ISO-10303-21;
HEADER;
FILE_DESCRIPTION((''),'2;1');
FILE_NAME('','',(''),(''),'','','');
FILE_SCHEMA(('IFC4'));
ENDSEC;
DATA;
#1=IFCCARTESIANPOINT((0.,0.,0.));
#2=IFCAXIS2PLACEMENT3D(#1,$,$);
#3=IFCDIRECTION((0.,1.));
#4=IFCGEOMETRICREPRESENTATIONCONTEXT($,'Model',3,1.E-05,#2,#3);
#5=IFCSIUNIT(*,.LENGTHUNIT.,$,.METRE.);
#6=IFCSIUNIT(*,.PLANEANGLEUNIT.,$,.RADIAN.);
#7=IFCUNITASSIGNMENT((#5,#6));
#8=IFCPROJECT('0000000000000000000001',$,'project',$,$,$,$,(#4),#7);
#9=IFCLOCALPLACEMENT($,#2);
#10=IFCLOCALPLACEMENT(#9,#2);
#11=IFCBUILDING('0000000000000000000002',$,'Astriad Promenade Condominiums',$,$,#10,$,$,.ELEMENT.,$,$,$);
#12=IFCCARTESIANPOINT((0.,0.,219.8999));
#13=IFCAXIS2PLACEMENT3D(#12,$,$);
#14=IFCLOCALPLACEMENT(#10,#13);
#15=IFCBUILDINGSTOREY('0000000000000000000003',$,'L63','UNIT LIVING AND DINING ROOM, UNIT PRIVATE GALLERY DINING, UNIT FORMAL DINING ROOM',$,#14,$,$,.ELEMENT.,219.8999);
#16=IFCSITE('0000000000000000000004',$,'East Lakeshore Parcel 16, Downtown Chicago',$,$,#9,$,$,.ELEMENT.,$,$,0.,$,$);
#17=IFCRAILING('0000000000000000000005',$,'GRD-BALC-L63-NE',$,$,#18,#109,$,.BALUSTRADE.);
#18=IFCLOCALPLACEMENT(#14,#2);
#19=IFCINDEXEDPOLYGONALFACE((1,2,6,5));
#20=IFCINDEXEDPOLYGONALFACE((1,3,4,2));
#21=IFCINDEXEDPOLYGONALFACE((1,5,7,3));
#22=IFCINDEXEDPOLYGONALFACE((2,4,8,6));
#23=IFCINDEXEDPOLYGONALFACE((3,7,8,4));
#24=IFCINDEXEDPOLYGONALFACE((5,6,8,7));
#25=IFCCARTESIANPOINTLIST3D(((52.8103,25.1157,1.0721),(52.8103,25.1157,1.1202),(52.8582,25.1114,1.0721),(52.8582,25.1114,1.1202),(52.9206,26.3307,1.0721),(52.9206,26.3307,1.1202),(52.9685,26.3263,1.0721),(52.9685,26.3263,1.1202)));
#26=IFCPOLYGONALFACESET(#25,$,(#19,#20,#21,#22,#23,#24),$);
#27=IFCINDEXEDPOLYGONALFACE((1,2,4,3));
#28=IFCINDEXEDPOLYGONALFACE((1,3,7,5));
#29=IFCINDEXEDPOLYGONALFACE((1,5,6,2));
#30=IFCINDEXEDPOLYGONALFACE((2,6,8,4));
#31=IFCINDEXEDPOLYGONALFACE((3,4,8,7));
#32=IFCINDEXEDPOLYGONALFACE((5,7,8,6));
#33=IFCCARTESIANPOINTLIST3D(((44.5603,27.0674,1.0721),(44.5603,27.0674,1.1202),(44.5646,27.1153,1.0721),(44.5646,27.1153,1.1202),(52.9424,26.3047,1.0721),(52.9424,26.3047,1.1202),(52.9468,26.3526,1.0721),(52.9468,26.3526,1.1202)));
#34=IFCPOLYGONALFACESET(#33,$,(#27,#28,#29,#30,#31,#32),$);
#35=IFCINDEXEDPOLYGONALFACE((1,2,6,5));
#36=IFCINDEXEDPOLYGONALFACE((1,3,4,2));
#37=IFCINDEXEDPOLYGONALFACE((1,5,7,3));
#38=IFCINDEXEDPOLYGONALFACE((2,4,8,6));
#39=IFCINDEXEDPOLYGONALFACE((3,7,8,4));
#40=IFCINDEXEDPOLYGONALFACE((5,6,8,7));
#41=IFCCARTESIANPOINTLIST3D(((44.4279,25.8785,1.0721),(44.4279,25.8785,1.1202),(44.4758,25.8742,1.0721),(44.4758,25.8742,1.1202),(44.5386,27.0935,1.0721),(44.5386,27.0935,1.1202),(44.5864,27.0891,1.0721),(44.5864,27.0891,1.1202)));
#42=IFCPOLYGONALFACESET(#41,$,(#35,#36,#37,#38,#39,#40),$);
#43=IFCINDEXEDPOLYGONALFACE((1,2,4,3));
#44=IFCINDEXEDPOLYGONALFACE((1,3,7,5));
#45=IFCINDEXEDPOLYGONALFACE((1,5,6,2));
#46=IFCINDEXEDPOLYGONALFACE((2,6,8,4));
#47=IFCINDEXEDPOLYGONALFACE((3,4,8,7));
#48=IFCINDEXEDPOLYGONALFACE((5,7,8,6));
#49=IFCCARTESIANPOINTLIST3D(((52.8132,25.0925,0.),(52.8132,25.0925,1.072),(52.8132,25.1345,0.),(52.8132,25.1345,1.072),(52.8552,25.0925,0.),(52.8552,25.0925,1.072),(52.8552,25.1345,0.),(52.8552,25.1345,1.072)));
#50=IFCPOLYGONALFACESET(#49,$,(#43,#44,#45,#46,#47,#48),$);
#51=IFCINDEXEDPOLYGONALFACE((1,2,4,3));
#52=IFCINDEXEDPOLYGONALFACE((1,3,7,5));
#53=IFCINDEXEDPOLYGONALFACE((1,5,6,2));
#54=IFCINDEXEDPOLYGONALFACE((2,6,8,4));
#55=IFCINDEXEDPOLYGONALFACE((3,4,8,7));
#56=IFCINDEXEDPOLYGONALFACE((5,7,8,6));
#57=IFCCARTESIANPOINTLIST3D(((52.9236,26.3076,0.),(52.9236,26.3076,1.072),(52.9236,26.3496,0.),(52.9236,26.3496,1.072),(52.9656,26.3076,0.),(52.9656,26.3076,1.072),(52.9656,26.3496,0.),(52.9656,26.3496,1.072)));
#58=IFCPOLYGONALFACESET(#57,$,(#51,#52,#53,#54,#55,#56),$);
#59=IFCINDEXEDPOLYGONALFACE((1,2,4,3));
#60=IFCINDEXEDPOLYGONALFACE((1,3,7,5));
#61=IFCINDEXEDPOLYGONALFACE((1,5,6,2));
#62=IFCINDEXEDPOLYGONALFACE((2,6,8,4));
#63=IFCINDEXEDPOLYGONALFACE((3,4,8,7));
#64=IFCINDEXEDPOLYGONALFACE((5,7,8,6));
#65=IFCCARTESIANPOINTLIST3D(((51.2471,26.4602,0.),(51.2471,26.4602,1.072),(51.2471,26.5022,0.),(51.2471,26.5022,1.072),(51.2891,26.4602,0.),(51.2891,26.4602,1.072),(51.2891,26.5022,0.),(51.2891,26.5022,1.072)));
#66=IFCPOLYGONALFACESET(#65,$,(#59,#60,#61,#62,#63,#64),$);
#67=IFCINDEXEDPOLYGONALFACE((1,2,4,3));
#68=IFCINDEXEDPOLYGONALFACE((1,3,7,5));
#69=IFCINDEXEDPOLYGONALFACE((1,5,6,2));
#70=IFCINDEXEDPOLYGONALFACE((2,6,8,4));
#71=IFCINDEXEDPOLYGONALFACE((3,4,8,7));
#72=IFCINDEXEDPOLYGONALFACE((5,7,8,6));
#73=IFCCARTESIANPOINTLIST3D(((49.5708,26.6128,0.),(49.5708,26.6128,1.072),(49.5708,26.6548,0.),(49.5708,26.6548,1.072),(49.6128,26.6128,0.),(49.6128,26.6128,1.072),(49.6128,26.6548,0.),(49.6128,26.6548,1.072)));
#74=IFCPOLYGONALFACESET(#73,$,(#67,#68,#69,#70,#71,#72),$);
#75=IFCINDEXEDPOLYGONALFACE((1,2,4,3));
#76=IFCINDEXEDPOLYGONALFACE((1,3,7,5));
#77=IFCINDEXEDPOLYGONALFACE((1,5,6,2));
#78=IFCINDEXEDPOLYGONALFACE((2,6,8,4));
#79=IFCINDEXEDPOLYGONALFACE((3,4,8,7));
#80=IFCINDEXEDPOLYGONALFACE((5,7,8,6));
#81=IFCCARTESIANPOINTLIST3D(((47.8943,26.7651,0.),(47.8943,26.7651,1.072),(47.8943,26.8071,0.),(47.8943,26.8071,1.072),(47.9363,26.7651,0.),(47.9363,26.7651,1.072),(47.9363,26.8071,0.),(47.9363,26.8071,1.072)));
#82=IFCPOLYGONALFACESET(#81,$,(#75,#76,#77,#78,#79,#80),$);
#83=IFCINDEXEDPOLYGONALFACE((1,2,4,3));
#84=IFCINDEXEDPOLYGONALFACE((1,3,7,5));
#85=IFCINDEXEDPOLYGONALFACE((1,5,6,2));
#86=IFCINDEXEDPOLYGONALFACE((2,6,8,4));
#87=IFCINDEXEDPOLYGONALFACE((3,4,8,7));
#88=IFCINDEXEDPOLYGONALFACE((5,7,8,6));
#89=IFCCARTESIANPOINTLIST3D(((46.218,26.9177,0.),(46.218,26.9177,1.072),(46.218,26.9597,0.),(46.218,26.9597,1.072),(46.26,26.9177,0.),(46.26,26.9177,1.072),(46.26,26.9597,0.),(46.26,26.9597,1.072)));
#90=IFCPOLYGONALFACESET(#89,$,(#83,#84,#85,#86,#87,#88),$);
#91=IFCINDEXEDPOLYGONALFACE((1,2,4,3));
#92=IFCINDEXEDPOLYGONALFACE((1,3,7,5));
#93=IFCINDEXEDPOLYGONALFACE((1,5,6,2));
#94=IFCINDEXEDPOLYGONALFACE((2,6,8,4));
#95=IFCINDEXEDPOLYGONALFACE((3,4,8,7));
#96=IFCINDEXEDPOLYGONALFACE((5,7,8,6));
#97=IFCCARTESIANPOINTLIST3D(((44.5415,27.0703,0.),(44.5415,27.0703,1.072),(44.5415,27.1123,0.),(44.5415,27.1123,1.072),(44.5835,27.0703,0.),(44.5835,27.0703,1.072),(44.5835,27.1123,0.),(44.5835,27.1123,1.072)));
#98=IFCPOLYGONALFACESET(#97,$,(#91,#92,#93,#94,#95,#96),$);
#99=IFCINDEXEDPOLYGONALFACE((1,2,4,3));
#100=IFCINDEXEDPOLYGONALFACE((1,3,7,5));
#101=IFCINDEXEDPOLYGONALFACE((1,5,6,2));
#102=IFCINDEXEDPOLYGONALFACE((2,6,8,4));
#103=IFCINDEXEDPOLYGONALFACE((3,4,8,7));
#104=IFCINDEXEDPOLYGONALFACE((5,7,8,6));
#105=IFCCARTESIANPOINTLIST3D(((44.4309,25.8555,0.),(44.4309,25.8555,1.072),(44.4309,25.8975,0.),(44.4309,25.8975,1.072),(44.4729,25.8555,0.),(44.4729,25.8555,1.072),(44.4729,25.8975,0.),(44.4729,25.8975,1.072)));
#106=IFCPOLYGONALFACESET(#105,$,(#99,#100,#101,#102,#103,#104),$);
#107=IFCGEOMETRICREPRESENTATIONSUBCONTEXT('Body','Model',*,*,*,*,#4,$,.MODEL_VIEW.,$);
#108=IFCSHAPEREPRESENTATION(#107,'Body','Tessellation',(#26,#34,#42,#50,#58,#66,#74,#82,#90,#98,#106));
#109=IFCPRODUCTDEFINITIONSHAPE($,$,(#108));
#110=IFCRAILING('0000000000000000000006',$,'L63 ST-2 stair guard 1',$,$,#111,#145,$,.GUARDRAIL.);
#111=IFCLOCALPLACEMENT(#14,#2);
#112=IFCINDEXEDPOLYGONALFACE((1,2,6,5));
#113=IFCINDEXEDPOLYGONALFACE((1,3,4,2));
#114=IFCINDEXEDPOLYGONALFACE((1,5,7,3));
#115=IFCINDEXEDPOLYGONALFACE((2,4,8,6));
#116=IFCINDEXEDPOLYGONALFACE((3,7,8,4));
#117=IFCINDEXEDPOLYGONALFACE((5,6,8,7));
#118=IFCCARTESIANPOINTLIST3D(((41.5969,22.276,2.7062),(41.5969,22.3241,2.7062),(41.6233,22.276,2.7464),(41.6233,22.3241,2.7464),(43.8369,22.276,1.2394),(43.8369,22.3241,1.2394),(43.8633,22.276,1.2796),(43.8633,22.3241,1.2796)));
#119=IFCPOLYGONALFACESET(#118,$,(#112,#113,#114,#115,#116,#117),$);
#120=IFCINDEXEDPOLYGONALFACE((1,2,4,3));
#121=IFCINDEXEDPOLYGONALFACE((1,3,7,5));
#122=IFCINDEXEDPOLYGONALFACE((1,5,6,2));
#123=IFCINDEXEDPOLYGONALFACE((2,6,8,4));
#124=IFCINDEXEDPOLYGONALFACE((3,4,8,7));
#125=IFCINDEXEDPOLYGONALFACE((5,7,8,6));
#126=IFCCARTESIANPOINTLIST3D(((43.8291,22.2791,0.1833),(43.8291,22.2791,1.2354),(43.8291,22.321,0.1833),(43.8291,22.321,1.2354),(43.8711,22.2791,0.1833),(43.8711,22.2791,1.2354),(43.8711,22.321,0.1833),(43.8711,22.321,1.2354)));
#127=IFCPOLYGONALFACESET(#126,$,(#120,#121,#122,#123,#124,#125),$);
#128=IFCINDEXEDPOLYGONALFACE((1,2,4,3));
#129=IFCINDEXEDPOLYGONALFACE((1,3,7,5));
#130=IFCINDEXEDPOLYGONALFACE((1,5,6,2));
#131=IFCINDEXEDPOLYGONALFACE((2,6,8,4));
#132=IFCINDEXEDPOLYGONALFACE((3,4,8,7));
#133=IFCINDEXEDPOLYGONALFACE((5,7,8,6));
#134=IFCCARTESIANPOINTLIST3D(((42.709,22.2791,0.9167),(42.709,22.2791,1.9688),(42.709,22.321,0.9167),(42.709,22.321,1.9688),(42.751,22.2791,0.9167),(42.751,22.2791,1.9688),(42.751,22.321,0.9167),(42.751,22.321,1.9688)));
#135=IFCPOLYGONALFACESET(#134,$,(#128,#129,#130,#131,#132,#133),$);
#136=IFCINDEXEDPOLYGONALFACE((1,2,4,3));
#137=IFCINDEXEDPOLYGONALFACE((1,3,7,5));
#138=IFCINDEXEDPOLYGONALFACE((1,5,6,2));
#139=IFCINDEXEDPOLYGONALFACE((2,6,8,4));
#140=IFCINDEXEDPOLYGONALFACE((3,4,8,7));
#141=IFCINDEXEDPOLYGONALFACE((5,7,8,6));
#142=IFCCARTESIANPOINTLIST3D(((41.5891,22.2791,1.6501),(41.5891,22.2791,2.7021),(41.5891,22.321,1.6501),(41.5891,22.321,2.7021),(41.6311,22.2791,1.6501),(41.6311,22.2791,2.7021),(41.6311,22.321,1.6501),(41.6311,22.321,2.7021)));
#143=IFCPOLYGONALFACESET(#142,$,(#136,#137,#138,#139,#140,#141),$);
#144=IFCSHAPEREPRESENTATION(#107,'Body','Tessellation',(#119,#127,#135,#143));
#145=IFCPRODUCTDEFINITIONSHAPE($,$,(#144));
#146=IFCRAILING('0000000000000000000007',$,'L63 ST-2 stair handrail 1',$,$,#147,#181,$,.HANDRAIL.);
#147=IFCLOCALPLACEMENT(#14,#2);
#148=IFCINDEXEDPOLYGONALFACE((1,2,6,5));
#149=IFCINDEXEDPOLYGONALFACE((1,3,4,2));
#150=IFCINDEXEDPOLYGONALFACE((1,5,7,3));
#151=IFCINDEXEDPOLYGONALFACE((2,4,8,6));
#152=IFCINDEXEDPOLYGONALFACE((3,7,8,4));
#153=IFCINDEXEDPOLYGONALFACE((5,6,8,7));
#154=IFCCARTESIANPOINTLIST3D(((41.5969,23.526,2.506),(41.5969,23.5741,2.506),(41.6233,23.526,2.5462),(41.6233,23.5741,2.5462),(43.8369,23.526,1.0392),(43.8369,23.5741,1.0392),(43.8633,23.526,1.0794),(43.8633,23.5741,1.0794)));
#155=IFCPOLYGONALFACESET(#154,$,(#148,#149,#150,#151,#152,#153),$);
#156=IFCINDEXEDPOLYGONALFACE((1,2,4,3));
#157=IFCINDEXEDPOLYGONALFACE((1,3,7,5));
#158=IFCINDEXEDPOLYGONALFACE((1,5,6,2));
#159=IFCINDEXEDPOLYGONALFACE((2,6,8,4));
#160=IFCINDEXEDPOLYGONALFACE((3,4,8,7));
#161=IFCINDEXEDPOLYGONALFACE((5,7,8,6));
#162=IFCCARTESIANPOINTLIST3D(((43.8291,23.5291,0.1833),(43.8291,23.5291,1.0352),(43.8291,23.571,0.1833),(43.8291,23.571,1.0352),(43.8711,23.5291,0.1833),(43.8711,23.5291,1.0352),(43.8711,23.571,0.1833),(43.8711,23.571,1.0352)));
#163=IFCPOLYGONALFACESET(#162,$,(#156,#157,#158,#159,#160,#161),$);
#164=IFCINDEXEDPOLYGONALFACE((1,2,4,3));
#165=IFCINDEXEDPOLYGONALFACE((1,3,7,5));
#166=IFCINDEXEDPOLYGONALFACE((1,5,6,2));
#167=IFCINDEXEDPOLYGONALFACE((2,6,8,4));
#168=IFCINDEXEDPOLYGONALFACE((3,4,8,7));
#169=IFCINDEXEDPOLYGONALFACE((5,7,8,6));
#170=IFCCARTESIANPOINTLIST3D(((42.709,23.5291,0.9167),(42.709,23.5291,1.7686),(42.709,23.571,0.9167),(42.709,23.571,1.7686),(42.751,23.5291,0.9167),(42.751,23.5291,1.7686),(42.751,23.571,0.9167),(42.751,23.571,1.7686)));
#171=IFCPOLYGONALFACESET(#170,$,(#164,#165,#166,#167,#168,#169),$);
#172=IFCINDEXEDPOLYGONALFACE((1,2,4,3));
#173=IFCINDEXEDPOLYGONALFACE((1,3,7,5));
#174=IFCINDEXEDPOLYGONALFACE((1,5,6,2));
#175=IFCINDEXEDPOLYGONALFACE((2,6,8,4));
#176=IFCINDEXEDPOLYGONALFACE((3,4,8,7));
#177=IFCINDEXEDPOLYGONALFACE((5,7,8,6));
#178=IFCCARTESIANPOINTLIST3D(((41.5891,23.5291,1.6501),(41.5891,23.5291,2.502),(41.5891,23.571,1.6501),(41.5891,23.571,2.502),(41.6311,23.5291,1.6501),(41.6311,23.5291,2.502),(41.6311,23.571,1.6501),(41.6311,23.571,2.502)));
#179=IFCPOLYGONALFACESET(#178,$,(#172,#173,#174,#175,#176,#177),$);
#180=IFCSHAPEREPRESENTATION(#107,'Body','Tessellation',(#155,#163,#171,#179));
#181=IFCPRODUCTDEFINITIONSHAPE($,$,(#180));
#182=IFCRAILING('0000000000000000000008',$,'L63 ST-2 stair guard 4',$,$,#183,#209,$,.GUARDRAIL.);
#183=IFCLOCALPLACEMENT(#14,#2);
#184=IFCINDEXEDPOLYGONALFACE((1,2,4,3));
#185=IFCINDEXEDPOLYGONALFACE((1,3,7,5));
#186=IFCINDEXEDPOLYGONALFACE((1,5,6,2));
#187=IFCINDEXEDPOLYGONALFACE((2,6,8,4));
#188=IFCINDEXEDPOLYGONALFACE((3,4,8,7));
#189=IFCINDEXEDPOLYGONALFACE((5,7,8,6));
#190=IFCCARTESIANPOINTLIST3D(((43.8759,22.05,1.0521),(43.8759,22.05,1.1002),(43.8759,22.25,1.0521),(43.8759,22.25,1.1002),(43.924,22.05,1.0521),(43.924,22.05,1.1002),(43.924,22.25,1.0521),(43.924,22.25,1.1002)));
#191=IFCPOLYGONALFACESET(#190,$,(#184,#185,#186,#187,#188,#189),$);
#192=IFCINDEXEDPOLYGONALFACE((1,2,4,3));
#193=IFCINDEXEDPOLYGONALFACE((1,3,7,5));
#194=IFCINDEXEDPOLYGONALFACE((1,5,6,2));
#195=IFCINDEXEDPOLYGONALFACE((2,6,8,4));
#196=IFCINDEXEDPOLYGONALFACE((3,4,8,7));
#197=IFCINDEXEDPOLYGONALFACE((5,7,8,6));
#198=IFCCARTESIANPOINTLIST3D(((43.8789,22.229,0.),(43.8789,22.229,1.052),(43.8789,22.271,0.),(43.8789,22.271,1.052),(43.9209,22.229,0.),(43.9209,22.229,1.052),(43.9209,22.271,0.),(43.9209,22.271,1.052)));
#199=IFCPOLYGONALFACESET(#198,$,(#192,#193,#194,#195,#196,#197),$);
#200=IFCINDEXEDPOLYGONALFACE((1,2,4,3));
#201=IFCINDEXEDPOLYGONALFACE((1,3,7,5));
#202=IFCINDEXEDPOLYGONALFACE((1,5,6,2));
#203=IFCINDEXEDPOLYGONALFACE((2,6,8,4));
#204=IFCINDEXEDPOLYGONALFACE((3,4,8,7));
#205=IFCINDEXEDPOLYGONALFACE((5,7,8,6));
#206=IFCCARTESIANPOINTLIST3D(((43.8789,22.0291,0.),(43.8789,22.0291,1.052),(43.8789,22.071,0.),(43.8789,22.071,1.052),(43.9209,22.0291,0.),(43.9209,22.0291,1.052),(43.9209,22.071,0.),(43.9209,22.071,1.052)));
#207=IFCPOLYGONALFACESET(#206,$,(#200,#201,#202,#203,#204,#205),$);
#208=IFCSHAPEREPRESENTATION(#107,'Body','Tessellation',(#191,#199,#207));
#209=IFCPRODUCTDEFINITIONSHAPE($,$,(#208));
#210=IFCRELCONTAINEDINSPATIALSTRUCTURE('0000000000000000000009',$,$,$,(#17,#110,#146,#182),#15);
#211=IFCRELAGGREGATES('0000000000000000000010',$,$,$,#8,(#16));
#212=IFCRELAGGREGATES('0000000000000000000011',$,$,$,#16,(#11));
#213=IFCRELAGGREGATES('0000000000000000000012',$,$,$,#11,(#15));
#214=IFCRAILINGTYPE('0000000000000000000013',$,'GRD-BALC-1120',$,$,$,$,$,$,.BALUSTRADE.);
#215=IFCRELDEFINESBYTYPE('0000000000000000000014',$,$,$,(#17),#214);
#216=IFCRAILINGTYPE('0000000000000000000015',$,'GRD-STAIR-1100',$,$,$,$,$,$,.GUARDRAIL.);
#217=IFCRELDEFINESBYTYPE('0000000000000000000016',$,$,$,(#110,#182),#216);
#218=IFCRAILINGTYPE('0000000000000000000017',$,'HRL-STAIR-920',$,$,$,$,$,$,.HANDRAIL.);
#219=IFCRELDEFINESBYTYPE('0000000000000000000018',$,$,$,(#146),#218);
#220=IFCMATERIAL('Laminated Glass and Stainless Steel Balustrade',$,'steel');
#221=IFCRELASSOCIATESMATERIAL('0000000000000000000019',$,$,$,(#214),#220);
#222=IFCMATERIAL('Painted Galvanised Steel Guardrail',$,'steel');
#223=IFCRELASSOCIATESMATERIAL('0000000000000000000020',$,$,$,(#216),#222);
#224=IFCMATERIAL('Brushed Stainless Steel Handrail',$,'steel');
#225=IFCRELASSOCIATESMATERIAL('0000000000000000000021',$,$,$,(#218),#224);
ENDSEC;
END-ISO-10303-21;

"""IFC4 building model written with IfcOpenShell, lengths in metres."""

from ifc_helpers import new_model, si_unit, direction, frame, origin, origin_2d, place, context, subcontext, project, spatial, rectangle, extrude, source, transform, mapped, material, type_object, type_shapes, element, save


model = new_model("IFC4")

# Units and contexts
model_context = context("Model", 3, precision=1e-05, world=origin(), true_north=direction((0.0, 1.0)))
body_context = subcontext(model_context, "Body", "Model", "MODEL_VIEW")
ifc_project = project(units=[si_unit("LENGTHUNIT", "METRE"), si_unit("PLANEANGLEUNIT", "RADIAN")], contexts=[model_context])

# Site, building, storey
site_placement = place(None, origin())
site = spatial("IfcSite", under=ifc_project, at=site_placement, Name="East Lakeshore Parcel 16, Downtown Chicago", CompositionType="ELEMENT", RefElevation=0.0)
building_placement = place(site_placement, origin())
building = spatial("IfcBuilding", under=site, at=building_placement, Name="Astriad Promenade Condominiums", CompositionType="ELEMENT")
storey_placement = place(building_placement, frame((0.0, 0.0, 219.8999)))
storey = spatial("IfcBuildingStorey", under=building, at=storey_placement, Name="L63", Description="UNIT LIVING AND DINING ROOM, UNIT PRIVATE GALLERY DINING, UNIT FORMAL DINING ROOM", CompositionType="ELEMENT", Elevation=219.8999)

# Railings
ifc_material_1 = material(Name="Laminated Glass and Stainless Steel Balustrade", Category="steel")
railing_type_1 = type_object("IfcRailingType", Name="GRD-BALC-1120", PredefinedType="BALUSTRADE", material=ifc_material_1)
shared_shape_1 = source(origin(), body_context, "Body", "SweptSolid", [
    extrude(rectangle(XDim=0.0481, YDim=0.0481, at=origin_2d()), frame((0.0, 0.0, 1.0962), z_axis=(0.090446, 0.995901, 0.0), x_axis=(-0.995901, 0.090446, 0.0)), (0.0, 0.0, 1.0), 1.22),
    extrude(rectangle(XDim=0.0481, YDim=0.0481, at=origin_2d()), frame((0.1104, 1.2151, 1.0962), z_axis=(-0.995886, 0.090617, 0.0), x_axis=(-0.090617, -0.995886, 0.0)), (0.0, 0.0, 1.0), 8.4167),
    extrude(rectangle(XDim=0.0481, YDim=0.0481, at=origin_2d()), frame((-8.2717, 1.9778, 1.0962), z_axis=(-0.090662, -0.995882, 0.0), x_axis=(0.995882, -0.090662, 0.0)), (0.0, 0.0, 1.0), 1.22),
    extrude(rectangle(XDim=0.042, YDim=0.042, at=origin_2d()), origin(), (0.0, 0.0, 1.0), 1.072),
    extrude(rectangle(XDim=0.042, YDim=0.042, at=origin_2d()), frame((0.1104, 1.2151, 0.0)), (0.0, 0.0, 1.0), 1.072),
    extrude(rectangle(XDim=0.042, YDim=0.042, at=origin_2d()), frame((-1.5662, 1.3677, 0.0)), (0.0, 0.0, 1.0), 1.072),
    extrude(rectangle(XDim=0.042, YDim=0.042, at=origin_2d()), frame((-3.2424, 1.5203, 0.0)), (0.0, 0.0, 1.0), 1.072),
    extrude(rectangle(XDim=0.042, YDim=0.042, at=origin_2d()), frame((-4.9189, 1.6726, 0.0)), (0.0, 0.0, 1.0), 1.072),
    extrude(rectangle(XDim=0.042, YDim=0.042, at=origin_2d()), frame((-6.5952, 1.8252, 0.0)), (0.0, 0.0, 1.0), 1.072),
    extrude(rectangle(XDim=0.042, YDim=0.042, at=origin_2d()), frame((-8.2717, 1.9778, 0.0)), (0.0, 0.0, 1.0), 1.072),
    extrude(rectangle(XDim=0.042, YDim=0.042, at=origin_2d()), frame((-8.3823, 0.7629, 0.0)), (0.0, 0.0, 1.0), 1.072),
])
type_shapes(railing_type_1, [shared_shape_1])
railing_1_placement = place(storey_placement, frame((52.8342, 25.1135, 0.0)))
element("IfcRailing", 1, at=railing_1_placement, inside=storey, type_object=railing_type_1, Name="GRD-BALC-L63-NE", PredefinedType="BALUSTRADE", context=body_context, shape_type="MappedRepresentation", body=[
    mapped(shared_shape_1, transform((0.0, 0.0, 0.0), scale=1.0)),
])
ifc_material_2 = material(Name="Painted Galvanised Steel Guardrail", Category="steel")
railing_type_2 = type_object("IfcRailingType", Name="GRD-STAIR-1100", PredefinedType="GUARDRAIL", material=ifc_material_2)
shared_shape_2 = source(origin(), body_context, "Body", "SweptSolid", [
    extrude(rectangle(XDim=0.0481, YDim=0.0481, at=origin_2d()), frame((0.0, 0.0, 1.0762), z_axis=(-0.836595, 0.0, 0.547822), x_axis=(0.0, -1.0, 0.0)), (0.0, 0.0, 1.0), 2.6775),
    extrude(rectangle(XDim=0.042, YDim=0.042, at=origin_2d()), origin(), (0.0, 0.0, 1.0), 1.052),
    extrude(rectangle(XDim=0.042, YDim=0.042, at=origin_2d()), frame((-1.1201, 0.0, 0.7334)), (0.0, 0.0, 1.0), 1.052),
    extrude(rectangle(XDim=0.042, YDim=0.042, at=origin_2d()), frame((-2.24, 0.0, 1.4668)), (0.0, 0.0, 1.0), 1.052),
])
railing_2_placement = place(storey_placement, frame((43.8501, 22.3, 0.1833)))
element("IfcRailing", 2, at=railing_2_placement, inside=storey, type_object=railing_type_2, Name="L63 ST-2 stair guard 1", PredefinedType="GUARDRAIL", context=body_context, shape_type="MappedRepresentation", body=[
    mapped(shared_shape_2, transform((0.0, 0.0, 0.0), scale=1.0)),
])
ifc_material_3 = material(Name="Brushed Stainless Steel Handrail", Category="steel")
railing_type_3 = type_object("IfcRailingType", Name="HRL-STAIR-920", PredefinedType="HANDRAIL", material=ifc_material_3)
shared_shape_3 = source(origin(), body_context, "Body", "SweptSolid", [
    extrude(rectangle(XDim=0.0481, YDim=0.0481, at=origin_2d()), frame((0.0, 0.0, 0.876), z_axis=(-0.836595, 0.0, 0.547822), x_axis=(0.0, -1.0, 0.0)), (0.0, 0.0, 1.0), 2.6775),
    extrude(rectangle(XDim=0.042, YDim=0.042, at=origin_2d()), origin(), (0.0, 0.0, 1.0), 0.8518),
    extrude(rectangle(XDim=0.042, YDim=0.042, at=origin_2d()), frame((-1.1201, 0.0, 0.7334)), (0.0, 0.0, 1.0), 0.8518),
    extrude(rectangle(XDim=0.042, YDim=0.042, at=origin_2d()), frame((-2.24, 0.0, 1.4668)), (0.0, 0.0, 1.0), 0.8518),
])
type_shapes(railing_type_3, [shared_shape_3])
railing_3_placement = place(storey_placement, frame((43.8501, 23.55, 0.1833)))
element("IfcRailing", 3, at=railing_3_placement, inside=storey, type_object=railing_type_3, Name="L63 ST-2 stair handrail 1", PredefinedType="HANDRAIL", context=body_context, shape_type="MappedRepresentation", body=[
    mapped(shared_shape_3, transform((0.0, 0.0, 0.0), scale=1.0)),
])
shared_shape_4 = source(origin(), body_context, "Body", "SweptSolid", [
    extrude(rectangle(XDim=0.0481, YDim=0.0481, at=origin_2d()), frame((0.0, 0.0, 1.0762), z_axis=(0.0, -1.0, 0.0), x_axis=(1.0, 0.0, 0.0)), (0.0, 0.0, 1.0), 0.2),
    extrude(rectangle(XDim=0.042, YDim=0.042, at=origin_2d()), origin(), (0.0, 0.0, 1.0), 1.052),
    extrude(rectangle(XDim=0.042, YDim=0.042, at=origin_2d()), frame((0.0, -0.2, 0.0)), (0.0, 0.0, 1.0), 1.052),
])
type_shapes(railing_type_2, [shared_shape_2, shared_shape_4])
railing_4_placement = place(storey_placement, frame((43.8999, 22.25, 0.0)))
element("IfcRailing", 4, at=railing_4_placement, inside=storey, type_object=railing_type_2, Name="L63 ST-2 stair guard 4", PredefinedType="GUARDRAIL", context=body_context, shape_type="MappedRepresentation", body=[
    mapped(shared_shape_4, transform((0.0, 0.0, 0.0), scale=1.0)),
])

save(model, "model.ifc")
